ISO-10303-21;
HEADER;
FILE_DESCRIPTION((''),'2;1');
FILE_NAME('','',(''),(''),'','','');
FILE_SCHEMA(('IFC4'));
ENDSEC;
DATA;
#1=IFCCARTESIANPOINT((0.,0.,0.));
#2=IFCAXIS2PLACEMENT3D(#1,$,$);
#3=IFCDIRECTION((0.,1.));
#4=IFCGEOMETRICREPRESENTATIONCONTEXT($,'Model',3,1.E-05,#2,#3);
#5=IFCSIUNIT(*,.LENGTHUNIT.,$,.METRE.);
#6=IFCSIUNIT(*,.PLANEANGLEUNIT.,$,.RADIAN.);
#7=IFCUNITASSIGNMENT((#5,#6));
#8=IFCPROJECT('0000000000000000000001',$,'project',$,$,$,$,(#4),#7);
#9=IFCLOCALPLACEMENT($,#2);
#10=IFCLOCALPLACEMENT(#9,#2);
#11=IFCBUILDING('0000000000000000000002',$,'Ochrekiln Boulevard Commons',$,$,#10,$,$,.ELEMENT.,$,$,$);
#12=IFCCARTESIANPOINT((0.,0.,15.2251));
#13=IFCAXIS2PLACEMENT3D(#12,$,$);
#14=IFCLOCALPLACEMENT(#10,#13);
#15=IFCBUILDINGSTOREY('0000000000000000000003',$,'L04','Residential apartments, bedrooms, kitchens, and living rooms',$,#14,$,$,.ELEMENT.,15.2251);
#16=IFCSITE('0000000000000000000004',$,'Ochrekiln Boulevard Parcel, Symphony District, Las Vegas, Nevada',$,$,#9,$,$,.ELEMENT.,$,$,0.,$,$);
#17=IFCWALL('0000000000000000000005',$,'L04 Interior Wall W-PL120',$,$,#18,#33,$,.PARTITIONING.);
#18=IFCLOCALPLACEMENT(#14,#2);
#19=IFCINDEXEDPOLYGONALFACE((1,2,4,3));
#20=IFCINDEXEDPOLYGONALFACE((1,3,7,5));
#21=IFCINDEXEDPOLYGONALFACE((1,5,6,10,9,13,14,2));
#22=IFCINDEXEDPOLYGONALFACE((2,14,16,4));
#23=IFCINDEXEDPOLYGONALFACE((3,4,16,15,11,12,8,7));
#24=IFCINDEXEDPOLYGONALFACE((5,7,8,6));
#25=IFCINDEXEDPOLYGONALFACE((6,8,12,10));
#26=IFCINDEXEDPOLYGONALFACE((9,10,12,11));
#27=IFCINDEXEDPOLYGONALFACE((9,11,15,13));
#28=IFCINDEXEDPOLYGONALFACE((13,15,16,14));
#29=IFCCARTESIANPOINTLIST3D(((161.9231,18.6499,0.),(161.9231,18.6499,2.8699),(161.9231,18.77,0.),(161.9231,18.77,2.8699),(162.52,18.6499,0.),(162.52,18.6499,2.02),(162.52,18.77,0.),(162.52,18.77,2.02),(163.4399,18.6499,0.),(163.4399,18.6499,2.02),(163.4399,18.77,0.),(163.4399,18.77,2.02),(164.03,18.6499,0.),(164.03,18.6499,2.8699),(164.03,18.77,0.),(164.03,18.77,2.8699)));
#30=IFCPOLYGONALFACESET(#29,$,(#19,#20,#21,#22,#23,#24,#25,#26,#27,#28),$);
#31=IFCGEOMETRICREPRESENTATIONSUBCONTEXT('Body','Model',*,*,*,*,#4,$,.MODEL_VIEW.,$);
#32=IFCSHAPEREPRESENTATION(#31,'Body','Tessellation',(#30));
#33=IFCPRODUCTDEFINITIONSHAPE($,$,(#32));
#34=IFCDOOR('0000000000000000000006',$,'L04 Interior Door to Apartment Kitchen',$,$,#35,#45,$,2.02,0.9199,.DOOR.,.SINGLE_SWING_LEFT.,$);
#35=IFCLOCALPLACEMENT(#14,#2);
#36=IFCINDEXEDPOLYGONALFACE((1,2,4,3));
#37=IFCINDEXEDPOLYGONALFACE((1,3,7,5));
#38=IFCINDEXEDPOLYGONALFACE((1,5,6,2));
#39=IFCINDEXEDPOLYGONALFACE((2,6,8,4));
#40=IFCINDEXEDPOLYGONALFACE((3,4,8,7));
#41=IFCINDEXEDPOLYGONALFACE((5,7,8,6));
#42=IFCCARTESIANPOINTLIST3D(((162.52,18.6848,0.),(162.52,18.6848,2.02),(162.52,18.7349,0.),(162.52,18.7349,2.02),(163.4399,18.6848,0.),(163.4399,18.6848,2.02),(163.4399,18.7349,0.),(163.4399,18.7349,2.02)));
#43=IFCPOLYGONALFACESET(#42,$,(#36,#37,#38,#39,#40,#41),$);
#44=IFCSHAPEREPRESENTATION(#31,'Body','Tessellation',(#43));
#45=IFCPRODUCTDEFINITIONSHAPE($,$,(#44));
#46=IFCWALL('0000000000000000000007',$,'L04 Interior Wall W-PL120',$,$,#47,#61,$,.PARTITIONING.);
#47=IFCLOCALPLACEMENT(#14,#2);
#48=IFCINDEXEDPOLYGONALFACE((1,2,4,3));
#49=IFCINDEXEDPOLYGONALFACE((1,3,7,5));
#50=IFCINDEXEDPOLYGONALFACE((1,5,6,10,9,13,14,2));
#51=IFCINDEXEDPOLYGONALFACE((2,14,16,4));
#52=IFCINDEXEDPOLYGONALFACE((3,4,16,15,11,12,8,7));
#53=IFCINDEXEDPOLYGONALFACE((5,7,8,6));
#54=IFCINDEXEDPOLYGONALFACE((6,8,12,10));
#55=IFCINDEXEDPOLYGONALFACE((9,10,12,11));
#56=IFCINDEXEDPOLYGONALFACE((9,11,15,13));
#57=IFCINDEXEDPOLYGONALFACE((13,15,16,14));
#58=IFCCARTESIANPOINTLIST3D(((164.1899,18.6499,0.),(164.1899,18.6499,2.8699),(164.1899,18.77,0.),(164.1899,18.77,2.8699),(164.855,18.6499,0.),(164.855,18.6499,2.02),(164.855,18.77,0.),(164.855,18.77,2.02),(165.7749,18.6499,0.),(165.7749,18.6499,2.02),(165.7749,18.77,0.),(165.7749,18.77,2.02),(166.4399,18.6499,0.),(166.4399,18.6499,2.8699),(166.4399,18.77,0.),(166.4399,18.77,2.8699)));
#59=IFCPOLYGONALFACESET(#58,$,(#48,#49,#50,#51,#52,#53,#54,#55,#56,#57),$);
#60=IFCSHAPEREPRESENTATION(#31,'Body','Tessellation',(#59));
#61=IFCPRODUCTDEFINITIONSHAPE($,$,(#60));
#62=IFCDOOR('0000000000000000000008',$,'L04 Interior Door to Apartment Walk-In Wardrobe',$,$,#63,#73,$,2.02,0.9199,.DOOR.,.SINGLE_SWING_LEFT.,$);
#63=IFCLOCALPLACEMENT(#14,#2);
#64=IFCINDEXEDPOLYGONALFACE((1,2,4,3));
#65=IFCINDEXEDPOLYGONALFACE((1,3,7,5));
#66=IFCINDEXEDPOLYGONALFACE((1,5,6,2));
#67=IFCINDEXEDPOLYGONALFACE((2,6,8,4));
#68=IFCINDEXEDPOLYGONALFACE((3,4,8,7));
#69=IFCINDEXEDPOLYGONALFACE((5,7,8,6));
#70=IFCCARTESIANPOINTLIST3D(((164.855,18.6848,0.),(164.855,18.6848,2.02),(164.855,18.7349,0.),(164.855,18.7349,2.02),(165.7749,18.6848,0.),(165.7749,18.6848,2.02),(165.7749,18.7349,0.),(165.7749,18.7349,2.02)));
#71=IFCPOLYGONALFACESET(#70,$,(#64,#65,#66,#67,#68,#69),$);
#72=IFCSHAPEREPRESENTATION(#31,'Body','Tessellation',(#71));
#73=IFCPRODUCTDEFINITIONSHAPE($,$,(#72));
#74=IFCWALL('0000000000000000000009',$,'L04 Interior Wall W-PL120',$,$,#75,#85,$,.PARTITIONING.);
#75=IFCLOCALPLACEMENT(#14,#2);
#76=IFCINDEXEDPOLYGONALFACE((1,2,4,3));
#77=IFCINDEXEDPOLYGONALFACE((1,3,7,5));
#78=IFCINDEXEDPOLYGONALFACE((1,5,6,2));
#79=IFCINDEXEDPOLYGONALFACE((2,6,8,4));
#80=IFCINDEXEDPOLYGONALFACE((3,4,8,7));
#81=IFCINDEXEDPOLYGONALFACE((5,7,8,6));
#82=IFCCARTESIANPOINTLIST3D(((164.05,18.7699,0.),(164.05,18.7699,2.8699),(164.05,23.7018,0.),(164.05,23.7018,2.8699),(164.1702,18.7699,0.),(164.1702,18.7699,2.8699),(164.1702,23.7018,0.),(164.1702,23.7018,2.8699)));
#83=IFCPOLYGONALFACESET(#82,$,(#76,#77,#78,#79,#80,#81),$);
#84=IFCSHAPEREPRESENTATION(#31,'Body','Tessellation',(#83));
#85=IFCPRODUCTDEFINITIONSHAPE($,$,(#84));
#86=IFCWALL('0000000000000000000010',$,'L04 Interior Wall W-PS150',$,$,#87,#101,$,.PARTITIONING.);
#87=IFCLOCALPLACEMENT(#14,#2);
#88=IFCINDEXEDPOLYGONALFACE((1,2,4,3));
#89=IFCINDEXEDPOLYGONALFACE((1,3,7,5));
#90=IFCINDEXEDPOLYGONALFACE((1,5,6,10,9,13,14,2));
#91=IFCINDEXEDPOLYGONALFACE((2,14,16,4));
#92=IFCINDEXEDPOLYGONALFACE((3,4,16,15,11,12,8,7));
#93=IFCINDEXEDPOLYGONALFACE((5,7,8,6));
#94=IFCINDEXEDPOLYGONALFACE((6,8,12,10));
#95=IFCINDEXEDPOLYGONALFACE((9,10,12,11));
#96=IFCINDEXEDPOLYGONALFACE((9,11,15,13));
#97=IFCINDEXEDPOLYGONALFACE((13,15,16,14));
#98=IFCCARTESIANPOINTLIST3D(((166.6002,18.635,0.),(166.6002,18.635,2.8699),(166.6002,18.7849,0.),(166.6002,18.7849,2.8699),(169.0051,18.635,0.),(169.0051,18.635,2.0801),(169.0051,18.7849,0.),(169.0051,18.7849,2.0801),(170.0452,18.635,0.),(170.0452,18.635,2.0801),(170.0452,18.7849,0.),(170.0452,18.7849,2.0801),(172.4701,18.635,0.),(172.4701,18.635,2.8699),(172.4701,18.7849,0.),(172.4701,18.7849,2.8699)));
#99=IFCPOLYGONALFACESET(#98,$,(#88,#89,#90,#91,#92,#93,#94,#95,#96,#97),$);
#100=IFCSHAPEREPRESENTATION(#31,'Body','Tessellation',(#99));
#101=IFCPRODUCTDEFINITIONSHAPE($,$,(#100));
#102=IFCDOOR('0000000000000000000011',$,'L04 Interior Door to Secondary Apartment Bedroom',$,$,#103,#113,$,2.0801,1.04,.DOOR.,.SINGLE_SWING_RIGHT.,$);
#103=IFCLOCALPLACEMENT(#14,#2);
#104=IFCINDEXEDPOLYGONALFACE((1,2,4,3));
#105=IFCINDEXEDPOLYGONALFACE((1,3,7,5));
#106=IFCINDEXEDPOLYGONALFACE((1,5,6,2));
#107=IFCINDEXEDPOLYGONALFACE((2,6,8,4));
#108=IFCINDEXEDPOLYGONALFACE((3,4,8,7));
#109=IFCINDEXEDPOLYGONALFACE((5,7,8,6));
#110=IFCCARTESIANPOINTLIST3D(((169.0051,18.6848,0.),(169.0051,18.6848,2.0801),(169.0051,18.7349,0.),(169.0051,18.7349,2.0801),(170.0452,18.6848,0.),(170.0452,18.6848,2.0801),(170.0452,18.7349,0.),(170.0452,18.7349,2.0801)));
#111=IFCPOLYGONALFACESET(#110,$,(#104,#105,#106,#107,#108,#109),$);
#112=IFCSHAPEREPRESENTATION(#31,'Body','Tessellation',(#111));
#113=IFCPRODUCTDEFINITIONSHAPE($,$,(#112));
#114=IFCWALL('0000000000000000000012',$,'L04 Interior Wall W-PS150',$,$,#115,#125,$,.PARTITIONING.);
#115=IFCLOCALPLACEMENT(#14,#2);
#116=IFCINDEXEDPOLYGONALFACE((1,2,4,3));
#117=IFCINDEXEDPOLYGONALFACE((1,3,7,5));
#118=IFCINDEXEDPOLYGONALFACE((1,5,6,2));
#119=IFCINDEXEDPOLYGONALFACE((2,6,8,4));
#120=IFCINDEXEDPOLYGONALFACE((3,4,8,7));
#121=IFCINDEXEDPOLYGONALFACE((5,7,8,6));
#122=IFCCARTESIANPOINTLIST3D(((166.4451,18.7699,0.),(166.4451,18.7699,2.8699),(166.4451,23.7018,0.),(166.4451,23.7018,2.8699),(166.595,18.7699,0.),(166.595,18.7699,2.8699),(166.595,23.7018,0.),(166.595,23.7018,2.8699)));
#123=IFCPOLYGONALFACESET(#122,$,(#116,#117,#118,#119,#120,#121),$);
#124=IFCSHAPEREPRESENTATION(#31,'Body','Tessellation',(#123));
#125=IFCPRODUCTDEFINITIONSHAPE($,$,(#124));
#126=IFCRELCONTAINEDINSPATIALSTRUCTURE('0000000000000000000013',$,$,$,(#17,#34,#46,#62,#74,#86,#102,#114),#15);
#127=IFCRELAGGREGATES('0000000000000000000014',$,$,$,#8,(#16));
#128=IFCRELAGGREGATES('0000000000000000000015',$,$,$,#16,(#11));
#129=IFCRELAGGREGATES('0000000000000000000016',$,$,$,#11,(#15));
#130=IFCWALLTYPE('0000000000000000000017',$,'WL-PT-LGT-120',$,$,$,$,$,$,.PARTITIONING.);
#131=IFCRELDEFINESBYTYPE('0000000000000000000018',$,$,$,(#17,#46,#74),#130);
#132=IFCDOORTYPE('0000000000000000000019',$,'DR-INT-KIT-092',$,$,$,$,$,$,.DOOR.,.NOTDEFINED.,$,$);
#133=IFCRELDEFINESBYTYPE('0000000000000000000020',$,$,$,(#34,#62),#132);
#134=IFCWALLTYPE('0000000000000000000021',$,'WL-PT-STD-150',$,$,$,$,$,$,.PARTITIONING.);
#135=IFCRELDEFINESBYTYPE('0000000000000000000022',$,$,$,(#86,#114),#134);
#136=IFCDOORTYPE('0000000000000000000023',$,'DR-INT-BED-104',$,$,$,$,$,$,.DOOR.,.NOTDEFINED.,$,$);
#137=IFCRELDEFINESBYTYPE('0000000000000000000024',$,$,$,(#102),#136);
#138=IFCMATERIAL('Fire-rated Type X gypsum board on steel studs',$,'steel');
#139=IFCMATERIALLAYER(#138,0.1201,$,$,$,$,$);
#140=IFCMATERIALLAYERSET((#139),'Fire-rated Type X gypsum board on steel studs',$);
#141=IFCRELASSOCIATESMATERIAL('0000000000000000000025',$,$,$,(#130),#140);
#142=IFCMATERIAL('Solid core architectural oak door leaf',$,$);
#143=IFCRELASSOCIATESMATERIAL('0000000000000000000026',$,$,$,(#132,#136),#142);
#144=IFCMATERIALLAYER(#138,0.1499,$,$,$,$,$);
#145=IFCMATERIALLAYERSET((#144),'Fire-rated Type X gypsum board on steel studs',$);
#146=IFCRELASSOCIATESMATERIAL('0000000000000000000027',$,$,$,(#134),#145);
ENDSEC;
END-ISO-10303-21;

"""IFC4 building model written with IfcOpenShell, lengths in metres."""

from ifc_helpers import new_model, si_unit, direction, frame, frame_2d, origin, place, context, subcontext, project, spatial, rectangle, extrude, material, layer, layer_set, type_object, element, fill, save


model = new_model("IFC4")

# Units and contexts
model_context = context("Model", 3, precision=1e-05, world=origin(), true_north=direction((0.0, 1.0)))
body_context = subcontext(model_context, "Body", "Model", "MODEL_VIEW")
ifc_project = project(units=[si_unit("LENGTHUNIT", "METRE"), si_unit("PLANEANGLEUNIT", "RADIAN")], contexts=[model_context])

# Site, building, storey
site_placement = place(None, origin())
site = spatial("IfcSite", under=ifc_project, at=site_placement, Name="Ochrekiln Boulevard Parcel, Symphony District, Las Vegas, Nevada", CompositionType="ELEMENT", RefElevation=0.0)
building_placement = place(site_placement, origin())
building = spatial("IfcBuilding", under=site, at=building_placement, Name="Ochrekiln Boulevard Commons", CompositionType="ELEMENT")
storey_placement = place(building_placement, frame((0.0, 0.0, 15.2251)))
storey = spatial("IfcBuildingStorey", under=building, at=storey_placement, Name="L04", Description="Residential apartments, bedrooms, kitchens, and living rooms", CompositionType="ELEMENT", Elevation=15.2251)

# Shared definitions
ifc_material_1 = material(Name="Fire-rated Type X gypsum board on steel studs", Category="steel")
ifc_material_2 = material(Name="Solid core architectural oak door leaf")

# Walls, openings, doors
ifc_layer_1 = layer(ifc_material_1, 0.1201)
ifc_layer_set_1 = layer_set([ifc_layer_1], Name="Fire-rated Type X gypsum board on steel studs")
wall_type_1 = type_object("IfcWallType", Name="WL-PT-LGT-120", PredefinedType="PARTITIONING", material=ifc_layer_set_1)
wall_1_placement = place(storey_placement, frame((161.9231, 18.71, 0.0), z_axis=(0.0, 0.0, 1.0), x_axis=(1.0, 0.0, 0.0)))
wall_1 = element("IfcWall", 1, at=wall_1_placement, inside=storey, type_object=wall_type_1, Name="L04 Interior Wall W-PL120", PredefinedType="PARTITIONING", context=body_context, shape_type="SweptSolid", body=[
    extrude(rectangle(XDim=2.1069, YDim=0.1201, at=frame_2d((1.0535, 0.0))), origin(), (0.0, 0.0, 1.0), 2.8699),
])
opening_1_placement = place(wall_1_placement, frame((0.5969, 0.0, 0.0)))
opening_1 = element("IfcOpeningElement", 2, at=opening_1_placement, cuts=wall_1, PredefinedType="OPENING", context=body_context, shape_type="SweptSolid", body=[
    extrude(rectangle(XDim=0.9199, YDim=2.02, at=frame_2d((0.46, 1.01))), frame((0.0, 0.0701, 0.0), z_axis=(0.0, -1.0, 0.0), x_axis=(1.0, 0.0, 0.0)), (0.0, 0.0, 1.0), 0.1401),
])
door_type_1 = type_object("IfcDoorType", Name="DR-INT-KIT-092", OperationType="NOTDEFINED", PredefinedType="DOOR", material=ifc_material_2)
door_1_placement = place(opening_1_placement, origin())
door_1 = element("IfcDoor", 3, at=door_1_placement, inside=storey, type_object=door_type_1, Name="L04 Interior Door to Apartment Kitchen", OperationType="SINGLE_SWING_LEFT", OverallHeight=2.02, OverallWidth=0.9199, PredefinedType="DOOR", context=body_context, shape_type="SweptSolid", body=[
    extrude(rectangle(XDim=0.9199, YDim=2.02, at=frame_2d((0.46, 1.01))), frame((0.0, 0.0249, 0.0), z_axis=(0.0, -1.0, 0.0), x_axis=(1.0, 0.0, 0.0)), (0.0, 0.0, 1.0), 0.05),
])
fill(opening_1, door_1)
wall_2_placement = place(storey_placement, frame((164.1899, 18.71, 0.0), z_axis=(0.0, 0.0, 1.0), x_axis=(1.0, 0.0, 0.0)))
wall_2 = element("IfcWall", 4, at=wall_2_placement, inside=storey, type_object=wall_type_1, Name="L04 Interior Wall W-PL120", PredefinedType="PARTITIONING", context=body_context, shape_type="SweptSolid", body=[
    extrude(rectangle(XDim=2.25, YDim=0.1201, at=frame_2d((1.125, 0.0))), origin(), (0.0, 0.0, 1.0), 2.8699),
])
opening_2_placement = place(wall_2_placement, frame((0.665, 0.0, 0.0)))
opening_2 = element("IfcOpeningElement", 5, at=opening_2_placement, cuts=wall_2, PredefinedType="OPENING", context=body_context, shape_type="SweptSolid", body=[
    extrude(rectangle(XDim=0.9199, YDim=2.02, at=frame_2d((0.46, 1.01))), frame((0.0, 0.0701, 0.0), z_axis=(0.0, -1.0, 0.0), x_axis=(1.0, 0.0, 0.0)), (0.0, 0.0, 1.0), 0.1401),
])
door_2_placement = place(opening_2_placement, origin())
door_2 = element("IfcDoor", 6, at=door_2_placement, inside=storey, type_object=door_type_1, Name="L04 Interior Door to Apartment Walk-In Wardrobe", OperationType="SINGLE_SWING_LEFT", OverallHeight=2.02, OverallWidth=0.9199, PredefinedType="DOOR", context=body_context, shape_type="SweptSolid", body=[
    extrude(rectangle(XDim=0.9199, YDim=2.02, at=frame_2d((0.46, 1.01))), frame((0.0, 0.0249, 0.0), z_axis=(0.0, -1.0, 0.0), x_axis=(1.0, 0.0, 0.0)), (0.0, 0.0, 1.0), 0.05),
])
fill(opening_2, door_2)

# Wall
wall_3_placement = place(storey_placement, frame((164.1101, 18.77, 0.0), z_axis=(0.0, 0.0, 1.0), x_axis=(0.0, 1.0, 0.0)))
element("IfcWall", 7, at=wall_3_placement, inside=storey, type_object=wall_type_1, Name="L04 Interior Wall W-PL120", PredefinedType="PARTITIONING", context=body_context, shape_type="SweptSolid", body=[
    extrude(rectangle(XDim=4.9319, YDim=0.1201, at=frame_2d((2.4658, 0.0))), origin(), (0.0, 0.0, 1.0), 2.8699),
])

# Wall, opening, door
ifc_layer_2 = layer(ifc_material_1, 0.1499)
ifc_layer_set_2 = layer_set([ifc_layer_2], Name="Fire-rated Type X gypsum board on steel studs")
wall_type_2 = type_object("IfcWallType", Name="WL-PT-STD-150", PredefinedType="PARTITIONING", material=ifc_layer_set_2)
wall_4_placement = place(storey_placement, frame((166.6001, 18.71, 0.0), z_axis=(0.0, 0.0, 1.0), x_axis=(1.0, 0.0, 0.0)))
wall_4 = element("IfcWall", 8, at=wall_4_placement, inside=storey, type_object=wall_type_2, Name="L04 Interior Wall W-PS150", PredefinedType="PARTITIONING", context=body_context, shape_type="SweptSolid", body=[
    extrude(rectangle(XDim=5.8699, YDim=0.1499, at=frame_2d((2.9351, 0.0))), origin(), (0.0, 0.0, 1.0), 2.8699),
])
opening_3_placement = place(wall_4_placement, frame((2.405, 0.0, 0.0)))
opening_3 = element("IfcOpeningElement", 9, at=opening_3_placement, cuts=wall_4, PredefinedType="OPENING", context=body_context, shape_type="SweptSolid", body=[
    extrude(rectangle(XDim=1.04, YDim=2.0801, at=frame_2d((0.52, 1.04))), frame((0.0, 0.085, 0.0), z_axis=(0.0, -1.0, 0.0), x_axis=(1.0, 0.0, 0.0)), (0.0, 0.0, 1.0), 0.1699),
])
door_type_2 = type_object("IfcDoorType", Name="DR-INT-BED-104", OperationType="NOTDEFINED", PredefinedType="DOOR", material=ifc_material_2)
door_3_placement = place(opening_3_placement, origin())
door_3 = element("IfcDoor", 10, at=door_3_placement, inside=storey, type_object=door_type_2, Name="L04 Interior Door to Secondary Apartment Bedroom", OperationType="SINGLE_SWING_RIGHT", OverallHeight=2.0801, OverallWidth=1.04, PredefinedType="DOOR", context=body_context, shape_type="SweptSolid", body=[
    extrude(rectangle(XDim=1.04, YDim=2.0801, at=frame_2d((0.52, 1.04))), frame((0.0, 0.0249, 0.0), z_axis=(0.0, -1.0, 0.0), x_axis=(1.0, 0.0, 0.0)), (0.0, 0.0, 1.0), 0.05),
])
fill(opening_3, door_3)

# Wall
wall_5_placement = place(storey_placement, frame((166.52, 18.77, 0.0), z_axis=(0.0, 0.0, 1.0), x_axis=(0.0, 1.0, 0.0)))
element("IfcWall", 11, at=wall_5_placement, inside=storey, type_object=wall_type_2, Name="L04 Interior Wall W-PS150", PredefinedType="PARTITIONING", context=body_context, shape_type="SweptSolid", body=[
    extrude(rectangle(XDim=4.9319, YDim=0.1499, at=frame_2d((2.4658, 0.0))), origin(), (0.0, 0.0, 1.0), 2.8699),
])

save(model, "model.ifc")
